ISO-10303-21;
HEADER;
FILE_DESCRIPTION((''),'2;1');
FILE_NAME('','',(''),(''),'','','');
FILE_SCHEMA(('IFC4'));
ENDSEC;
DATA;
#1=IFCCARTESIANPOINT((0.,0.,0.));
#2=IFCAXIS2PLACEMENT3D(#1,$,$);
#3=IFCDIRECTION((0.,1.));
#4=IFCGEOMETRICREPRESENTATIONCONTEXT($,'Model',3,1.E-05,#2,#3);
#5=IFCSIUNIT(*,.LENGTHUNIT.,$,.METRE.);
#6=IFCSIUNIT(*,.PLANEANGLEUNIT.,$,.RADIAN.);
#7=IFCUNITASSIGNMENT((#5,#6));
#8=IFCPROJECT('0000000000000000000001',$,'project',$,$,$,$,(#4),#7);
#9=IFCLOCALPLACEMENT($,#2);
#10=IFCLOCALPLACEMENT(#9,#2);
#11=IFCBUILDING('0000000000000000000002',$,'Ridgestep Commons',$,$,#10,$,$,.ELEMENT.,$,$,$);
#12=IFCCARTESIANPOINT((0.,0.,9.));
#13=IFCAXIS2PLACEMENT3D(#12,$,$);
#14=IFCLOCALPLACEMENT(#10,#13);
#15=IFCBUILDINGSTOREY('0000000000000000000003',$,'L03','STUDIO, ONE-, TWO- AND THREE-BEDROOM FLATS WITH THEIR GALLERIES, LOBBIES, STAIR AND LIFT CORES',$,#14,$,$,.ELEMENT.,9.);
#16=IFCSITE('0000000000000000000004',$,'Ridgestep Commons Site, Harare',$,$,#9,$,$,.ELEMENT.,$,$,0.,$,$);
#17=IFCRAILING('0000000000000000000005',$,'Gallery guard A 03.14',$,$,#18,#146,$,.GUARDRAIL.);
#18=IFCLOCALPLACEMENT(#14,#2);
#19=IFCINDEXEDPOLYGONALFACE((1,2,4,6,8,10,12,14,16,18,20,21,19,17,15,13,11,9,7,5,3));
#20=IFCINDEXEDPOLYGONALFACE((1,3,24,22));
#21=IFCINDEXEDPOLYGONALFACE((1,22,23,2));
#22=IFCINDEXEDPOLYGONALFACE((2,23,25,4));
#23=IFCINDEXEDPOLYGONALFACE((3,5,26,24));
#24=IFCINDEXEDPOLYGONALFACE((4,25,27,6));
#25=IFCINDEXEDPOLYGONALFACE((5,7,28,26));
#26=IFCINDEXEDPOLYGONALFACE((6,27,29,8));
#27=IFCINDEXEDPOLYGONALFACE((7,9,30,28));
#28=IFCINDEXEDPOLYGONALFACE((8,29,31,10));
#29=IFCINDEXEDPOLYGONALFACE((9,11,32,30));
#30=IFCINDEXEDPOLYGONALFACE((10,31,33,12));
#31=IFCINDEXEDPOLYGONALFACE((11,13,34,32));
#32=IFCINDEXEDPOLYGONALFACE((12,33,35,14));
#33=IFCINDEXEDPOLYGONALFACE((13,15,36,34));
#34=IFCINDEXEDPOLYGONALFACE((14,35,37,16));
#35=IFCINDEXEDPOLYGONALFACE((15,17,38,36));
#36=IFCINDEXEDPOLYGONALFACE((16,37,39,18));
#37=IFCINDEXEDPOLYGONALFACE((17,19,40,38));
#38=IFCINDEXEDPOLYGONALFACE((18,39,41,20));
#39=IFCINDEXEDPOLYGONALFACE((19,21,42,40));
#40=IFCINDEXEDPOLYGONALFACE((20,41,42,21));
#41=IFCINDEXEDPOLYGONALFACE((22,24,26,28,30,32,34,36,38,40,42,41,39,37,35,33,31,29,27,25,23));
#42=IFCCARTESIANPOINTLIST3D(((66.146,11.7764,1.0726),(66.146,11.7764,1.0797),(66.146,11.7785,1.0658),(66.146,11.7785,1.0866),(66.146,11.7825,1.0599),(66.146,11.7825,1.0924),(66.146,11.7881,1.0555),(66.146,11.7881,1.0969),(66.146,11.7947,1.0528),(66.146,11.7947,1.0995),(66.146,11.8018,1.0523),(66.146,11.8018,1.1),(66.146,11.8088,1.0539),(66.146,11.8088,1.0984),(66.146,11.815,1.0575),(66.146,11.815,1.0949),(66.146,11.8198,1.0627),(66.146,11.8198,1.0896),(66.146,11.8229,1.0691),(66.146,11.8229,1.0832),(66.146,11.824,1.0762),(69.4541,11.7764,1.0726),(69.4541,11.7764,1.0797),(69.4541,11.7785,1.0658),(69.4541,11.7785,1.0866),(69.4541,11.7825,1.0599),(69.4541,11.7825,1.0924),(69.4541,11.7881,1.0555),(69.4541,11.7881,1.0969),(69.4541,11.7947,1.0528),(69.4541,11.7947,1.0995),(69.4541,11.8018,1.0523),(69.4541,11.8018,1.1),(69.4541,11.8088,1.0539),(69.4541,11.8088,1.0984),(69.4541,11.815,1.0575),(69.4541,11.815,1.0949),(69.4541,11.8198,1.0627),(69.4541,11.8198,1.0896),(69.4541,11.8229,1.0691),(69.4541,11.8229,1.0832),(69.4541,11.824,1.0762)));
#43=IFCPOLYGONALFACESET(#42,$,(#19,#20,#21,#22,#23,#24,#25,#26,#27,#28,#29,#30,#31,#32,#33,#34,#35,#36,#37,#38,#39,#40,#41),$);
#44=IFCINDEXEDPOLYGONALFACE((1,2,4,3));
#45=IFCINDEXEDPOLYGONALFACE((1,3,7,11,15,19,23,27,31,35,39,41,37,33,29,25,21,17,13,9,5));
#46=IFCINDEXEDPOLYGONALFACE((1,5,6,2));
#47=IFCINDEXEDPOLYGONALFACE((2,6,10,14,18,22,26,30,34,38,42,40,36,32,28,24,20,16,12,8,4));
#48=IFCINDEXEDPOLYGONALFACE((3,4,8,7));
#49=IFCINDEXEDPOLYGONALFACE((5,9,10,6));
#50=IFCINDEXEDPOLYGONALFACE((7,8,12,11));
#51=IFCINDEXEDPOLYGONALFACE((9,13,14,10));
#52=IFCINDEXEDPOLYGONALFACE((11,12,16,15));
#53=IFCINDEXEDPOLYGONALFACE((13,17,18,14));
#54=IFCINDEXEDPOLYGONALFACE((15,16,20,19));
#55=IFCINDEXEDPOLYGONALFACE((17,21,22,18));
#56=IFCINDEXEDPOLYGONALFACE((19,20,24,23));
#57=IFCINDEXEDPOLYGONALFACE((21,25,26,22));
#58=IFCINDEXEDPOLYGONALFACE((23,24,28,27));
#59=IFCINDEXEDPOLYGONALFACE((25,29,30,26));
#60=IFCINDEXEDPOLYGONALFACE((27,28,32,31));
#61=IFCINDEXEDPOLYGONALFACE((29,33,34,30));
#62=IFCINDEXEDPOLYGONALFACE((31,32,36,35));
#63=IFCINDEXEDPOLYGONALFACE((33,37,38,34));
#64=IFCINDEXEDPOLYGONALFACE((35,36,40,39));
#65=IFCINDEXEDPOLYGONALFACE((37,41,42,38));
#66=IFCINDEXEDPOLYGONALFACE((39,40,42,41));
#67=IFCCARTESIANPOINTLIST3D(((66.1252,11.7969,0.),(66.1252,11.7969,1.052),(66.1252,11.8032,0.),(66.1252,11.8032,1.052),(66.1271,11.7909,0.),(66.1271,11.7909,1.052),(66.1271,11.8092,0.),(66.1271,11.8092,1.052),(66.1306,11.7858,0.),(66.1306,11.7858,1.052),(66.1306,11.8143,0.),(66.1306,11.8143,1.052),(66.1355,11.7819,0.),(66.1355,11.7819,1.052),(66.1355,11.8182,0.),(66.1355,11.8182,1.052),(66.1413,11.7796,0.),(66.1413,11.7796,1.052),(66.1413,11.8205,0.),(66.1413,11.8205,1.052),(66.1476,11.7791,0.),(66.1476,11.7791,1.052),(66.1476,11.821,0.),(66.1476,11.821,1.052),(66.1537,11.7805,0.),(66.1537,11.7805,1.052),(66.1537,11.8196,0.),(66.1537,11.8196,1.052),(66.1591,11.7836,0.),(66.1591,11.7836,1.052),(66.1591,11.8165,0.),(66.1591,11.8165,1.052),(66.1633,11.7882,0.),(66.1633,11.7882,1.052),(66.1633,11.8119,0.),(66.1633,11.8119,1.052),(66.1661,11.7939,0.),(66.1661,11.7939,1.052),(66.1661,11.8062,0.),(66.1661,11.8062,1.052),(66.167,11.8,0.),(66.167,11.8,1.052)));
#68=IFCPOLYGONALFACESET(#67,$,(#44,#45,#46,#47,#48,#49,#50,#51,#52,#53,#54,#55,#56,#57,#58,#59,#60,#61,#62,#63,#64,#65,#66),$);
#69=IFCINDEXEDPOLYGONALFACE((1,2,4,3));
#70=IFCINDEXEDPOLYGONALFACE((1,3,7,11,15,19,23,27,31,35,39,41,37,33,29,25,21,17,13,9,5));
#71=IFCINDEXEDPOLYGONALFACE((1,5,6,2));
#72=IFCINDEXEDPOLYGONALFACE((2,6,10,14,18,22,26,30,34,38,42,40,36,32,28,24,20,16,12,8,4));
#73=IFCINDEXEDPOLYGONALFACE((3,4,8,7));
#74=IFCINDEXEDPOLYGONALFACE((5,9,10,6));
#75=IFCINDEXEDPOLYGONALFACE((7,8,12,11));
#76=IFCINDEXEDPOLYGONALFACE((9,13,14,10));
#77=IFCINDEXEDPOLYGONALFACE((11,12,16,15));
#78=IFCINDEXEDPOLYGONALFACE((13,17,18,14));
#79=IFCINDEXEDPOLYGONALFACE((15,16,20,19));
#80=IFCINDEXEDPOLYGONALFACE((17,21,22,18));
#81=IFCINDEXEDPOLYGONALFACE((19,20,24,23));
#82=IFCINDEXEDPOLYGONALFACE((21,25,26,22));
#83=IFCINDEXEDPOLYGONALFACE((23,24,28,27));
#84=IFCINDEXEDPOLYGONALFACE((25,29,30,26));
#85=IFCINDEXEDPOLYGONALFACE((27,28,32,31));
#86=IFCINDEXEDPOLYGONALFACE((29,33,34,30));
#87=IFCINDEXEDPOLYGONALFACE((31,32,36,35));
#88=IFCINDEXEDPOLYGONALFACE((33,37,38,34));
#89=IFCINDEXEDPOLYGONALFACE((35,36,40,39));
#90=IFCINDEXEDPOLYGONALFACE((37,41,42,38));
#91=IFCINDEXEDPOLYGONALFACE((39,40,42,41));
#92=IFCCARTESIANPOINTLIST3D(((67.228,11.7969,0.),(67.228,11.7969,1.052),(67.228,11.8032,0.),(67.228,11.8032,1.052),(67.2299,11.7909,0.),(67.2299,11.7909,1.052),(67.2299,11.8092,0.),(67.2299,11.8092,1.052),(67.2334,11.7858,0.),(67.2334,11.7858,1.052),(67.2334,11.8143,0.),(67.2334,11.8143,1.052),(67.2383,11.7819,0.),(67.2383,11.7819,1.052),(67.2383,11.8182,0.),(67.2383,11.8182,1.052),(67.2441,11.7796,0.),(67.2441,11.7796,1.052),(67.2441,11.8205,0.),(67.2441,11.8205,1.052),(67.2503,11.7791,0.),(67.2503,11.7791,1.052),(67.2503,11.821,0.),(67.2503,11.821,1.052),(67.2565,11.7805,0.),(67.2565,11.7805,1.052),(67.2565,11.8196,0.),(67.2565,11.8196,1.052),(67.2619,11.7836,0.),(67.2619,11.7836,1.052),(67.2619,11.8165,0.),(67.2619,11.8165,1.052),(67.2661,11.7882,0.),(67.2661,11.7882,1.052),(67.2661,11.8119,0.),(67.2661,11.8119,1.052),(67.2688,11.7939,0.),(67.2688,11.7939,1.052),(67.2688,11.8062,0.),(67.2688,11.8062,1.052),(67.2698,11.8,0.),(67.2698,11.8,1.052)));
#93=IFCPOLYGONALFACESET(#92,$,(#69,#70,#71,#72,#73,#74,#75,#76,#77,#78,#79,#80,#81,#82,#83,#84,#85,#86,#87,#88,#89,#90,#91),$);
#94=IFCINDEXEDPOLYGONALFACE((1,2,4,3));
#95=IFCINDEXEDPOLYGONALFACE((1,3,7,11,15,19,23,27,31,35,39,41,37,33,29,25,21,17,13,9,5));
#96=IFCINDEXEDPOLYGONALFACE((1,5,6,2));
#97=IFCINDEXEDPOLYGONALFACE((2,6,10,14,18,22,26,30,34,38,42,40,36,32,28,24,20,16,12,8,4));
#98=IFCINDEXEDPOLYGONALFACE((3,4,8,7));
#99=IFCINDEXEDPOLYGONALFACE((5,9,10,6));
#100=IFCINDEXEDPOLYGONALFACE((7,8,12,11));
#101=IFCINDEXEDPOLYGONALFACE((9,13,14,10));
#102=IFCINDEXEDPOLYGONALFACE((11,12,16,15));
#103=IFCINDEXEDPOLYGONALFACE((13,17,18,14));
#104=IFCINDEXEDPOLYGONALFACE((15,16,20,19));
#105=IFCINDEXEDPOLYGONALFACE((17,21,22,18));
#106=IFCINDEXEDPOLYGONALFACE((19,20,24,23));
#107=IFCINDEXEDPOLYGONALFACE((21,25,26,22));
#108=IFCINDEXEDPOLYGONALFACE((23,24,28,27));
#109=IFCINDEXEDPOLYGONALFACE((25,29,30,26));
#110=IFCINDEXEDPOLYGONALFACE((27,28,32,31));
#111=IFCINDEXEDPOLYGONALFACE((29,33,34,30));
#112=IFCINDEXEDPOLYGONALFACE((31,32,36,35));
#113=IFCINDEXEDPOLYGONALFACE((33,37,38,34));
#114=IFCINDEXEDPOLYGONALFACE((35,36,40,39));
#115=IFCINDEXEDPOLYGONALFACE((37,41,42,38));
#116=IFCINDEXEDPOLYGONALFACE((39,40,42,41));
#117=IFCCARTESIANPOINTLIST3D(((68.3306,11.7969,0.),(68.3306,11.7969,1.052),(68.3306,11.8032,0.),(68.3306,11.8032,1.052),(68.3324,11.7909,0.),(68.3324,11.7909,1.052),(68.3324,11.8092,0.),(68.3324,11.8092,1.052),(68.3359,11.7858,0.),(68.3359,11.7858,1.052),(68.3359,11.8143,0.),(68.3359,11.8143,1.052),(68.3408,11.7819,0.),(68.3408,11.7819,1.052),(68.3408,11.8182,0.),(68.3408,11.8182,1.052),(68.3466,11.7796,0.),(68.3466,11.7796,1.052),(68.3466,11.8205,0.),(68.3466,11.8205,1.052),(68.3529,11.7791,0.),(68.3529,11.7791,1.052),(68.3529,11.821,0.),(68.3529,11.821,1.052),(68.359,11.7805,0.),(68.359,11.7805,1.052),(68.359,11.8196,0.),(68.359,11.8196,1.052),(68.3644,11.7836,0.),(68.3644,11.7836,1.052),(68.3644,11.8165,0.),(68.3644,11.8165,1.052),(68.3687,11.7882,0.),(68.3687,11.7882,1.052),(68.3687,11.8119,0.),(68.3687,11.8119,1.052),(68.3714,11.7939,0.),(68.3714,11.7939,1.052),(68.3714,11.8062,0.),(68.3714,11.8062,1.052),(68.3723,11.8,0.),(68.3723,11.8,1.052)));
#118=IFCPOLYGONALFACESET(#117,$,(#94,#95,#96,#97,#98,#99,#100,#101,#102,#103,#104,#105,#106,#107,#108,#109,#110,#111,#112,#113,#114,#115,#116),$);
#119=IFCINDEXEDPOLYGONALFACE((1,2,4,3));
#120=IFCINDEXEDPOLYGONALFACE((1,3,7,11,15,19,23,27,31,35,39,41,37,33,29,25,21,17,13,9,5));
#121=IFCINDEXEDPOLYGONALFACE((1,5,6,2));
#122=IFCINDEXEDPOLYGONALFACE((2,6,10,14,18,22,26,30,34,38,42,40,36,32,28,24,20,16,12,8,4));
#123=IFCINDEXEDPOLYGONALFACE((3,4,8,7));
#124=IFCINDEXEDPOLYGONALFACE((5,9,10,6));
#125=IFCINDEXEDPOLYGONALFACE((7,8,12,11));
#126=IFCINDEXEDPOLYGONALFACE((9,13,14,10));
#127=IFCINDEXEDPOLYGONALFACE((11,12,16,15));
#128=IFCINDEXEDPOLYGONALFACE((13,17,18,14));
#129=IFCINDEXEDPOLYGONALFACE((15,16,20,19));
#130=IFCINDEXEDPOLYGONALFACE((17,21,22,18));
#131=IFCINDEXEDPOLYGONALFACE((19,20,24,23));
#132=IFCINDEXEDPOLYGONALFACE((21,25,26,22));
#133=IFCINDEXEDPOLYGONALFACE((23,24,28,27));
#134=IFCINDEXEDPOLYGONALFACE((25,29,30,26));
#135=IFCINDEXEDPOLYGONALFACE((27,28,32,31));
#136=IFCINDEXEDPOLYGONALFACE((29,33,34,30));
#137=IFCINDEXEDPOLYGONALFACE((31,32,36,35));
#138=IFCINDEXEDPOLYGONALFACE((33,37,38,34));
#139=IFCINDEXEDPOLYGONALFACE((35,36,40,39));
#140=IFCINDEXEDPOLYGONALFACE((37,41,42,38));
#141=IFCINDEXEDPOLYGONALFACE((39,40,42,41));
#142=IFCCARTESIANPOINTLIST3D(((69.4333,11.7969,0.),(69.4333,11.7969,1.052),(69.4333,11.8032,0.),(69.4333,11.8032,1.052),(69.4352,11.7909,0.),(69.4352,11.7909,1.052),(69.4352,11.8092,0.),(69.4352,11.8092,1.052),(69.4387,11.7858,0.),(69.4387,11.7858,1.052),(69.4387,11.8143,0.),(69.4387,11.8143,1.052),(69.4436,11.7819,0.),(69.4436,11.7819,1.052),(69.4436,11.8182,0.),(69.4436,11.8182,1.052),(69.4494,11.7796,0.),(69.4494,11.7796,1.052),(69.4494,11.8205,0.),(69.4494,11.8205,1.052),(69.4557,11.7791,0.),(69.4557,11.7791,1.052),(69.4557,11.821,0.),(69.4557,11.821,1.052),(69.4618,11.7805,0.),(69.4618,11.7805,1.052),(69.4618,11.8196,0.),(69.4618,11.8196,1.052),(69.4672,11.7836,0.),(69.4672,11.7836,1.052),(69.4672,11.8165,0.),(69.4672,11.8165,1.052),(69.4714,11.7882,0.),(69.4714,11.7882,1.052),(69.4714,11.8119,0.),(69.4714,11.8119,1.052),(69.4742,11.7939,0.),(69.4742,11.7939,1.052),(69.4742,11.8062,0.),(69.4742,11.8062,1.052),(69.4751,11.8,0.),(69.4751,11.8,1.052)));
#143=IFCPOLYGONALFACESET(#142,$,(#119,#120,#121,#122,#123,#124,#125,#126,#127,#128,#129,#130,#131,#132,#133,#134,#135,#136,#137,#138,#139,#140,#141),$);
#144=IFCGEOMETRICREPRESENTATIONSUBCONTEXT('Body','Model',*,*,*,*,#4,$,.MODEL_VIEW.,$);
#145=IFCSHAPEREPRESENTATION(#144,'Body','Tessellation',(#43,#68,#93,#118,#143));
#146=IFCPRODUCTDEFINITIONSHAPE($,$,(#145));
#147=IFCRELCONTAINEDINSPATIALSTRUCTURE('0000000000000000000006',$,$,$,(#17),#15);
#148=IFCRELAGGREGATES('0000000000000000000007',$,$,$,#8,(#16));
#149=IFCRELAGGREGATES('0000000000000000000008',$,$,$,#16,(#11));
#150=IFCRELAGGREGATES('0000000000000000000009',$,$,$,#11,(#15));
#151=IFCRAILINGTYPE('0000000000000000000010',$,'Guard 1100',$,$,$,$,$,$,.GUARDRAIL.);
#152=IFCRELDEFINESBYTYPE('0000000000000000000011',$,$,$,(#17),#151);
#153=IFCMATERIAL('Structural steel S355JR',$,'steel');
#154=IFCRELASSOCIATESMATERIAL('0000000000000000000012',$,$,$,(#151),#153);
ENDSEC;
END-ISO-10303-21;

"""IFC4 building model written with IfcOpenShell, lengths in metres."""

from ifc_helpers import new_model, si_unit, direction, frame, origin, origin_2d, place, context, subcontext, project, spatial, circle, extrude, material, type_object, element, save


model = new_model("IFC4")

# Units and contexts
model_context = context("Model", 3, precision=1e-05, world=origin(), true_north=direction((0.0, 1.0)))
body_context = subcontext(model_context, "Body", "Model", "MODEL_VIEW")
ifc_project = project(units=[si_unit("LENGTHUNIT", "METRE"), si_unit("PLANEANGLEUNIT", "RADIAN")], contexts=[model_context])

# Site, building, storey
site_placement = place(None, origin())
site = spatial("IfcSite", under=ifc_project, at=site_placement, Name="Ridgestep Commons Site, Harare", CompositionType="ELEMENT", RefElevation=0.0)
building_placement = place(site_placement, origin())
building = spatial("IfcBuilding", under=site, at=building_placement, Name="Ridgestep Commons", CompositionType="ELEMENT")
storey_placement = place(building_placement, frame((0.0, 0.0, 9.0)))
storey = spatial("IfcBuildingStorey", under=building, at=storey_placement, Name="L03", Description="STUDIO, ONE-, TWO- AND THREE-BEDROOM FLATS WITH THEIR GALLERIES, LOBBIES, STAIR AND LIFT CORES", CompositionType="ELEMENT", Elevation=9.0)

# Railing
ifc_material_1 = material(Name="Structural steel S355JR", Category="steel")
railing_type = type_object("IfcRailingType", Name="Guard 1100", PredefinedType="GUARDRAIL", material=ifc_material_1)
railing_1_placement = place(storey_placement, frame((66.146, 11.8, 0.0)))
element("IfcRailing", 1, at=railing_1_placement, inside=storey, type_object=railing_type, Name="Gallery guard A 03.14", PredefinedType="GUARDRAIL", context=body_context, shape_type="SweptSolid", body=[
    extrude(circle(Radius=0.0239, at=origin_2d()), frame((0.0, 0.0, 1.0762), z_axis=(1.0, 0.0, 0.0), x_axis=(0.0, 1.0, 0.0)), (0.0, 0.0, 1.0), 3.3081),
    extrude(circle(Radius=0.021, at=origin_2d()), origin(), (0.0, 0.0, 1.0), 1.052),
    extrude(circle(Radius=0.021, at=origin_2d()), frame((1.1028, 0.0, 0.0)), (0.0, 0.0, 1.0), 1.052),
    extrude(circle(Radius=0.021, at=origin_2d()), frame((2.2053, 0.0, 0.0)), (0.0, 0.0, 1.0), 1.052),
    extrude(circle(Radius=0.021, at=origin_2d()), frame((3.3081, 0.0, 0.0)), (0.0, 0.0, 1.0), 1.052),
])

save(model, "model.ifc")
